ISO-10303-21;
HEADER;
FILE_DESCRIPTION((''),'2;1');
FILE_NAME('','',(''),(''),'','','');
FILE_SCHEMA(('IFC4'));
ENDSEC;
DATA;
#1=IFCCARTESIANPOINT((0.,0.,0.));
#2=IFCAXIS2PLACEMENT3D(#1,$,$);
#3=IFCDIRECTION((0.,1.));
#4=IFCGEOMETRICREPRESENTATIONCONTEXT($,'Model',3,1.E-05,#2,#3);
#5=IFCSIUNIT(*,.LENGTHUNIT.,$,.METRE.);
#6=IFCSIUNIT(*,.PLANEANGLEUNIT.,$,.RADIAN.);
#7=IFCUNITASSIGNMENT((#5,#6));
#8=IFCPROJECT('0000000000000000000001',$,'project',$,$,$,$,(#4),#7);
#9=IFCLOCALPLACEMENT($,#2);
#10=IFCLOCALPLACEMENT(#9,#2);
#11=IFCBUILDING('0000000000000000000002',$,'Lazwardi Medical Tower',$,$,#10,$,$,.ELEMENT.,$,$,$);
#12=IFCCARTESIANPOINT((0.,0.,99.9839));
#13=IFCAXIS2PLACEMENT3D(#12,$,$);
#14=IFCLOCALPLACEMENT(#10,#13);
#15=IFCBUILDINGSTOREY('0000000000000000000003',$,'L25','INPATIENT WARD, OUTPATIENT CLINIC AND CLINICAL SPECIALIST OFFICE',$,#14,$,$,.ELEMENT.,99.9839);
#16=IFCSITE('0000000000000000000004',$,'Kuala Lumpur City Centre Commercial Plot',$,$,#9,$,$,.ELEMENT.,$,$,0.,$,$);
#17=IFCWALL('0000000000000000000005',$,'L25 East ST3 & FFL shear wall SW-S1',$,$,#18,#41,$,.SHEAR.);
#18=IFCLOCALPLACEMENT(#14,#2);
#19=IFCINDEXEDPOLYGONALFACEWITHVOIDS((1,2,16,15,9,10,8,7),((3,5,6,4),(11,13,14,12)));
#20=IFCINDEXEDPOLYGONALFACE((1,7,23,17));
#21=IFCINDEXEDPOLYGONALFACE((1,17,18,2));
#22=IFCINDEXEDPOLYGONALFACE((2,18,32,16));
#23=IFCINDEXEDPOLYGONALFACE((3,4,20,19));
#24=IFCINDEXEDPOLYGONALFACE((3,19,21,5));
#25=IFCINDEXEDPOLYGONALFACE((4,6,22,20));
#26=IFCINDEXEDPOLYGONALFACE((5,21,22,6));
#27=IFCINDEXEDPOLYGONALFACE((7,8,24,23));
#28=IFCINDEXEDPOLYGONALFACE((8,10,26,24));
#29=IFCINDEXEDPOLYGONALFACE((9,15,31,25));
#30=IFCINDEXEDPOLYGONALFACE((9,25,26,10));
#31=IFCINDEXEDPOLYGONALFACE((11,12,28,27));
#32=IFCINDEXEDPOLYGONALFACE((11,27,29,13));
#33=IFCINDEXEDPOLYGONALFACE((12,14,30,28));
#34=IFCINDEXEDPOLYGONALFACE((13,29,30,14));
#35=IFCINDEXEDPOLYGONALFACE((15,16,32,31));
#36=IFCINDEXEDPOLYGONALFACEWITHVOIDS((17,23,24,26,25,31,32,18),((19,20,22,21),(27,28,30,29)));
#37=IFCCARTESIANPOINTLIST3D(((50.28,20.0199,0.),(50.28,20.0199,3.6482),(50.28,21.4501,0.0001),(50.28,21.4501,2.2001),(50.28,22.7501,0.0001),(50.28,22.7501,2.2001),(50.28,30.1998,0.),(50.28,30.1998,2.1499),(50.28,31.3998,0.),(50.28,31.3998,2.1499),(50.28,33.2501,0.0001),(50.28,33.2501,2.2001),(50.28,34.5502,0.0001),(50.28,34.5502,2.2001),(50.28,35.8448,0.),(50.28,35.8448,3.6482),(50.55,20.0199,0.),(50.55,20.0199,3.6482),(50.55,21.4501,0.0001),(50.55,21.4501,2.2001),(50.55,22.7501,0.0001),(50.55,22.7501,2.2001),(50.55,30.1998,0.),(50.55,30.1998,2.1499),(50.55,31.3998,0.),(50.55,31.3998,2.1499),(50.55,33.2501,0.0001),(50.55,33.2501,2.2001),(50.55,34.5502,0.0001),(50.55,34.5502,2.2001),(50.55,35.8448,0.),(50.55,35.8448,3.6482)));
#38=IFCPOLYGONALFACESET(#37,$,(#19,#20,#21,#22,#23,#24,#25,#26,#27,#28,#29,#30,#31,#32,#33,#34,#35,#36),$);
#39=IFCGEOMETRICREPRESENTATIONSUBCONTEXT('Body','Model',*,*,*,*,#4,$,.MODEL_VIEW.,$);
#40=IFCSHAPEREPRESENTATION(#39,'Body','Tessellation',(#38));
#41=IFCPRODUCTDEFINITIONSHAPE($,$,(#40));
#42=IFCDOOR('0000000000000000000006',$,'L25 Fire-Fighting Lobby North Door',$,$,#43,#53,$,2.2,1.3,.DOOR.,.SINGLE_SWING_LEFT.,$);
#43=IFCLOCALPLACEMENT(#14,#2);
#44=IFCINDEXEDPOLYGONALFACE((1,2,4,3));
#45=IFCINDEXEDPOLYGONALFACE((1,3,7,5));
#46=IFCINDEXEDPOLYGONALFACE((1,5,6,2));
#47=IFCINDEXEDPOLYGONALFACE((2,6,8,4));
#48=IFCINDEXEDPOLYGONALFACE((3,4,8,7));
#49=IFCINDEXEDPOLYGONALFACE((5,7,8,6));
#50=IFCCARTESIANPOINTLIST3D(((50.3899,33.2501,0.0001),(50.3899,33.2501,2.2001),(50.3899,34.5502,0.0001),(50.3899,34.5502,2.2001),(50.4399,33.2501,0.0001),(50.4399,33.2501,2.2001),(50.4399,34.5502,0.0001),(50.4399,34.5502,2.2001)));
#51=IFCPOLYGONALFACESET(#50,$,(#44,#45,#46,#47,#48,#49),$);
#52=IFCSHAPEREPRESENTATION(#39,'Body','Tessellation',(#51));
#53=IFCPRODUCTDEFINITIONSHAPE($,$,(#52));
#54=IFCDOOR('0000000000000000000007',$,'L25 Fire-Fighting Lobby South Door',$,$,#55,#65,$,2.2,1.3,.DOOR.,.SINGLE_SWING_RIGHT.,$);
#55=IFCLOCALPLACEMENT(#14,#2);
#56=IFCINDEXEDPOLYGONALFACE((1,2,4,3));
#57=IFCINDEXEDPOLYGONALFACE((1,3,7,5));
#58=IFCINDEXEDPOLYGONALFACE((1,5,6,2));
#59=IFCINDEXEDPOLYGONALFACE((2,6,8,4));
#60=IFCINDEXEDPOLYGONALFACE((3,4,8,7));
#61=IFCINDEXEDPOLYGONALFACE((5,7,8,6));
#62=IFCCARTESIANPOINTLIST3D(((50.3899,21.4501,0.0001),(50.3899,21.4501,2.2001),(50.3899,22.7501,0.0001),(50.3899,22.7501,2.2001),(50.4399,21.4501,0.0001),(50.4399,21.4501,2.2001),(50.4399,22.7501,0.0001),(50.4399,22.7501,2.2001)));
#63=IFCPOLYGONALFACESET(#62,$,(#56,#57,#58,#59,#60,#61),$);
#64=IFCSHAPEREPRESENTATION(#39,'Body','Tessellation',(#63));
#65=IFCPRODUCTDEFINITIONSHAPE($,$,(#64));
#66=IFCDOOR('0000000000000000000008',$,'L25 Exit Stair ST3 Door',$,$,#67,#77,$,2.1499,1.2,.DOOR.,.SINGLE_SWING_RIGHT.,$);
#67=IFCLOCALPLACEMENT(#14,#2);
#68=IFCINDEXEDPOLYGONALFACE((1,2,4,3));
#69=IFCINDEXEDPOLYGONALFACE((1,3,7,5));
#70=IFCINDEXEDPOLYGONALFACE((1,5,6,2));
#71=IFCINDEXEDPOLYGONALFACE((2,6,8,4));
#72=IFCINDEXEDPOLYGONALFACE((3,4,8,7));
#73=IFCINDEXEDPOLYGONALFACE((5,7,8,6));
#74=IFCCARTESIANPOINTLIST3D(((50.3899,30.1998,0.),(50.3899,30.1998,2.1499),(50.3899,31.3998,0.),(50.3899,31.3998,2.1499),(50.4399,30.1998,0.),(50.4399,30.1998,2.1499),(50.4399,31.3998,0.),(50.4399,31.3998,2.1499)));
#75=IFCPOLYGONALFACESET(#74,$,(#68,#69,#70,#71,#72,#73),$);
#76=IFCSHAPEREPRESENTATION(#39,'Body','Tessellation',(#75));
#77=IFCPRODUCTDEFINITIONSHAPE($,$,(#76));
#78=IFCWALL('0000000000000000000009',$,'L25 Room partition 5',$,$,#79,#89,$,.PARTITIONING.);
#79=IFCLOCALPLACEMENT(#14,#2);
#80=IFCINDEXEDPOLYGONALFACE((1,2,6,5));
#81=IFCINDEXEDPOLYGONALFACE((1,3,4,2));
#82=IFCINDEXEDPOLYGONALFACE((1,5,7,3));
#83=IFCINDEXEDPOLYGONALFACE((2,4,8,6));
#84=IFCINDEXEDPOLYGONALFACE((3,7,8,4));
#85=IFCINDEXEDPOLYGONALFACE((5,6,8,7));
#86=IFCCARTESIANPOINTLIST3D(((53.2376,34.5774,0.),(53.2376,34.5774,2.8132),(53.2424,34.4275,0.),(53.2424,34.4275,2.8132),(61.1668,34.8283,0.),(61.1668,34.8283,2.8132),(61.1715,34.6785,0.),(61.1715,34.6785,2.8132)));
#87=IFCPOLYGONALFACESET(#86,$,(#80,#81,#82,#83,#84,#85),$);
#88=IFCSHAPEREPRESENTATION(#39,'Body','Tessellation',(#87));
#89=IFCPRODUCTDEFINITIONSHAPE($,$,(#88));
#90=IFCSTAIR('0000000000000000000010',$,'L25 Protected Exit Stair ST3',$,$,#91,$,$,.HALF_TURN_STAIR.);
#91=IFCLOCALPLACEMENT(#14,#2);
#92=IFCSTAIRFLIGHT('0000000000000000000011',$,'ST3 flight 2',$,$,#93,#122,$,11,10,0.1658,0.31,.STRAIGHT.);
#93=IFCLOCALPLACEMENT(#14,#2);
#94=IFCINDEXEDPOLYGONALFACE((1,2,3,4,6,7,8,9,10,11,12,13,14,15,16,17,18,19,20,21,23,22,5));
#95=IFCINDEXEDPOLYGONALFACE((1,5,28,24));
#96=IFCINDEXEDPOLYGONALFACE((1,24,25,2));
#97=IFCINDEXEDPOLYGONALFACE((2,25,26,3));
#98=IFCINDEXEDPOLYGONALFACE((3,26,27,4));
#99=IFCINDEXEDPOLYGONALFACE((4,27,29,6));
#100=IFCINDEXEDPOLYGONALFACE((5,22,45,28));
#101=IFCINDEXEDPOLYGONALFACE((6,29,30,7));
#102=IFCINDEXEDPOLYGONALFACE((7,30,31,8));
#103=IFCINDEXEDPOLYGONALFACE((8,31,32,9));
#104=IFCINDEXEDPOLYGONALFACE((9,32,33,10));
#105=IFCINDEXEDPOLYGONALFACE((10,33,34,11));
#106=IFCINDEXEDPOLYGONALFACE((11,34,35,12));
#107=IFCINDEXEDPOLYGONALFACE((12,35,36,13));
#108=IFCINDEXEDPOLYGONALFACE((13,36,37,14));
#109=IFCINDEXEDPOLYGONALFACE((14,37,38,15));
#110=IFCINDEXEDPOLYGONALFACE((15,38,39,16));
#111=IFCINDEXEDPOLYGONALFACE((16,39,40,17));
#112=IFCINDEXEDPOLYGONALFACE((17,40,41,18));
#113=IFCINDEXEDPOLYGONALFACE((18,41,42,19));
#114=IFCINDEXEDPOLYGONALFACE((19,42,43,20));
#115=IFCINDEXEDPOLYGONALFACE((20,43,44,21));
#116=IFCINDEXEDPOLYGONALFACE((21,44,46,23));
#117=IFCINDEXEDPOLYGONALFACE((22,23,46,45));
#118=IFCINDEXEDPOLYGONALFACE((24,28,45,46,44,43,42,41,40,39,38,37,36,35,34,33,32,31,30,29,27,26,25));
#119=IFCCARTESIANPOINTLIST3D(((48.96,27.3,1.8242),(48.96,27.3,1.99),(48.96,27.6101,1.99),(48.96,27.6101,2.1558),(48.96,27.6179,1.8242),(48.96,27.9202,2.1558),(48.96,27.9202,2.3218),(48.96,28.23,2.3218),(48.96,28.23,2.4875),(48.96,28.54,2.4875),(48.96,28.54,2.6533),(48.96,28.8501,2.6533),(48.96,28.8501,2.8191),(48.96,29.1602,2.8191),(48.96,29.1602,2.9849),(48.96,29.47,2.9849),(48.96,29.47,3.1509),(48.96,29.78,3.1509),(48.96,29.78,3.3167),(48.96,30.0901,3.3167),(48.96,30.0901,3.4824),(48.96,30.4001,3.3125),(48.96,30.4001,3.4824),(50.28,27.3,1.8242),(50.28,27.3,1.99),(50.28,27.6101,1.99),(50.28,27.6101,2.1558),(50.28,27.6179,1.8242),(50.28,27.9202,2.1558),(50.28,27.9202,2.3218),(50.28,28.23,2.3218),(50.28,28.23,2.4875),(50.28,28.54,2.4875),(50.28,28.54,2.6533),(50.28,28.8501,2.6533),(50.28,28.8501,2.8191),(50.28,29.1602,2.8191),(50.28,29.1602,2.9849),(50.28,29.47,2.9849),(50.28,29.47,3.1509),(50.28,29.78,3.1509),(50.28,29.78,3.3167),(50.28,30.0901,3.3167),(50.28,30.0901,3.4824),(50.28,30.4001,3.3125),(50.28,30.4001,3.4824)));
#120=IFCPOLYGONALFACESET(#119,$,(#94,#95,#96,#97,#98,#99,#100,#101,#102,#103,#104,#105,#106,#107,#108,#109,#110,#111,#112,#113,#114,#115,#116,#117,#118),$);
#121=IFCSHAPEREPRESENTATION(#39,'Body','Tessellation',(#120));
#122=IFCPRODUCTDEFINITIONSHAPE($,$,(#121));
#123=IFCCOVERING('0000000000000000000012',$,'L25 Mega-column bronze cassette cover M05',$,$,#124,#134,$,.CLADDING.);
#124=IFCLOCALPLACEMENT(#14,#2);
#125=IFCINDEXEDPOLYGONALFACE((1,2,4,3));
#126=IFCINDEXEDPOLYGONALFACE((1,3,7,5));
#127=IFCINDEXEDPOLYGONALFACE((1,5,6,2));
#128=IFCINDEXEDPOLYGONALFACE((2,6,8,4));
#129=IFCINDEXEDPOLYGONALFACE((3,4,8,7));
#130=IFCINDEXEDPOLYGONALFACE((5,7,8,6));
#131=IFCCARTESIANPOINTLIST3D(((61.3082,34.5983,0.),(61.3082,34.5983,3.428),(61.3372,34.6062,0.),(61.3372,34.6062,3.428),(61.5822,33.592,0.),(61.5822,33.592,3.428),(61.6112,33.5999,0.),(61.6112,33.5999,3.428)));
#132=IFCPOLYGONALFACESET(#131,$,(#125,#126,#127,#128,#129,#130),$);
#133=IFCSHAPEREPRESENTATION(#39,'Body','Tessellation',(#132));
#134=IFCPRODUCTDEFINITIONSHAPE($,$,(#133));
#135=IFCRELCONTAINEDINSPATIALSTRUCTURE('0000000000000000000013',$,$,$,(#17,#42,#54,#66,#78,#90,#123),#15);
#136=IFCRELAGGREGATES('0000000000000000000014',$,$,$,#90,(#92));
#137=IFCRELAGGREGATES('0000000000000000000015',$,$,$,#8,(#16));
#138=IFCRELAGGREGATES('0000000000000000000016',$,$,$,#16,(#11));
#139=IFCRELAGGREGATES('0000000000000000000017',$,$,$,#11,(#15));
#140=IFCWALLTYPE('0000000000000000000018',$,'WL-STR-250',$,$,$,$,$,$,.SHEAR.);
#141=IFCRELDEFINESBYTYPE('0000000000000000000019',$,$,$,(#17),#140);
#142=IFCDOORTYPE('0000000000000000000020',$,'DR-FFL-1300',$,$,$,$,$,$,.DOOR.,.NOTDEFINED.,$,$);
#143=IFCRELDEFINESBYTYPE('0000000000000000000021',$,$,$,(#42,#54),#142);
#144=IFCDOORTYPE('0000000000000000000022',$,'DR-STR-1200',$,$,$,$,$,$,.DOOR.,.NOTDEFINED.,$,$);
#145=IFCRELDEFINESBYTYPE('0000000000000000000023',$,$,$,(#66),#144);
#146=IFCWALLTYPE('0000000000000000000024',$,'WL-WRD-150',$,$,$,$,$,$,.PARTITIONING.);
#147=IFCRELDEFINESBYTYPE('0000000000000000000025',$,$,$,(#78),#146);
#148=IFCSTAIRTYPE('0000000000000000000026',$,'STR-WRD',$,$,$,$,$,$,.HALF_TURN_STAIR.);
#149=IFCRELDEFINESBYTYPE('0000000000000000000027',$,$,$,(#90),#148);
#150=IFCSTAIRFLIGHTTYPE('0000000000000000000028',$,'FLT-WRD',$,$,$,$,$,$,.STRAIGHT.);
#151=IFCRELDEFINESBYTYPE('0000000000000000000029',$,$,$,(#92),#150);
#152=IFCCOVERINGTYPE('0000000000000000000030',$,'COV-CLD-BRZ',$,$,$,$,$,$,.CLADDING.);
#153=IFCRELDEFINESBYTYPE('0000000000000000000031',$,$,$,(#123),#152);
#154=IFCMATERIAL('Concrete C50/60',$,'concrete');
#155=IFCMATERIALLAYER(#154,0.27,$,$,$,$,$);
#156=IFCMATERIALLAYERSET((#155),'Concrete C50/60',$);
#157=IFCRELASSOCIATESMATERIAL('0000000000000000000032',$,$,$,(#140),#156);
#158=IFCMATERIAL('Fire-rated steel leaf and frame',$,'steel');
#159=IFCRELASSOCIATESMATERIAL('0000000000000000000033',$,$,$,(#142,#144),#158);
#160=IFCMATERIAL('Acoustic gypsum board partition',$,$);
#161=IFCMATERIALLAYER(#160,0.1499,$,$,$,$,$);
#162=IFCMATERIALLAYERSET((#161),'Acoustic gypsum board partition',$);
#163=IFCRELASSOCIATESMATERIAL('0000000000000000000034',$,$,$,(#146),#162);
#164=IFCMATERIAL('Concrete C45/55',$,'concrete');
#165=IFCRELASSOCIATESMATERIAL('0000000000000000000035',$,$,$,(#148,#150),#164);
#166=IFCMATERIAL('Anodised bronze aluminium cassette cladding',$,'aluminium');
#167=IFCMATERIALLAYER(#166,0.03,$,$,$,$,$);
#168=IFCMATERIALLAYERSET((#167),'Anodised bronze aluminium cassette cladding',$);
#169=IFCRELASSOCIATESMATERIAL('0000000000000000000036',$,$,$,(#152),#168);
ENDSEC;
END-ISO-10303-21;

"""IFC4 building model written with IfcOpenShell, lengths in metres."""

from ifc_helpers import new_model, si_unit, direction, frame, frame_2d, origin, origin_2d, place, context, subcontext, project, spatial, polyline, rectangle, outline, extrude, material, layer, layer_set, type_object, element, fill, aggregate, save


model = new_model("IFC4")

# Units and contexts
model_context = context("Model", 3, precision=1e-05, world=origin(), true_north=direction((0.0, 1.0)))
body_context = subcontext(model_context, "Body", "Model", "MODEL_VIEW")
ifc_project = project(units=[si_unit("LENGTHUNIT", "METRE"), si_unit("PLANEANGLEUNIT", "RADIAN")], contexts=[model_context])

# Site, building, storey
site_placement = place(None, origin())
site = spatial("IfcSite", under=ifc_project, at=site_placement, Name="Kuala Lumpur City Centre Commercial Plot", CompositionType="ELEMENT", RefElevation=0.0)
building_placement = place(site_placement, origin())
building = spatial("IfcBuilding", under=site, at=building_placement, Name="Lazwardi Medical Tower", CompositionType="ELEMENT")
storey_placement = place(building_placement, frame((0.0, 0.0, 99.9839)))
storey = spatial("IfcBuildingStorey", under=building, at=storey_placement, Name="L25", Description="INPATIENT WARD, OUTPATIENT CLINIC AND CLINICAL SPECIALIST OFFICE", CompositionType="ELEMENT", Elevation=99.9839)

# Wall, openings, doors
ifc_material_1 = material(Name="Concrete C50/60", Category="concrete")
ifc_layer_1 = layer(ifc_material_1, 0.27)
ifc_layer_set_1 = layer_set([ifc_layer_1], Name="Concrete C50/60")
wall_type_1 = type_object("IfcWallType", Name="WL-STR-250", PredefinedType="SHEAR", material=ifc_layer_set_1)
wall_1_placement = place(storey_placement, frame((50.415, 35.845, 0.0), z_axis=(0.0, 0.0, 1.0), x_axis=(0.0, -1.0, 0.0)))
wall_1 = element("IfcWall", 1, at=wall_1_placement, inside=storey, type_object=wall_type_1, Name="L25 East ST3 & FFL shear wall SW-S1", PredefinedType="SHEAR", context=body_context, shape_type="SweptSolid", body=[
    extrude(rectangle(XDim=15.825, YDim=0.27, at=frame_2d((7.9126, 0.0))), origin(), (0.0, 0.0, 1.0), 3.6482),
])
opening_1_placement = place(wall_1_placement, frame((4.4451, 0.0, 0.0)))
opening_1 = element("IfcOpeningElement", 2, at=opening_1_placement, cuts=wall_1, PredefinedType="OPENING", context=body_context, shape_type="SweptSolid", body=[
    extrude(rectangle(XDim=1.2, YDim=2.1499, at=frame_2d((0.6001, 1.075))), frame((0.0, 0.145, 0.0), z_axis=(0.0, -1.0, 0.0), x_axis=(1.0, 0.0, 0.0)), (0.0, 0.0, 1.0), 0.29),
])
opening_2_placement = place(wall_1_placement, frame((1.2949, 0.0, 0.0)))
opening_2 = element("IfcOpeningElement", 3, at=opening_2_placement, cuts=wall_1, PredefinedType="OPENING", context=body_context, shape_type="SweptSolid", body=[
    extrude(rectangle(XDim=1.3, YDim=2.2, at=frame_2d((0.6499, 1.1001))), frame((0.0, 0.145, 0.0), z_axis=(0.0, -1.0, 0.0), x_axis=(1.0, 0.0, 0.0)), (0.0, 0.0, 1.0), 0.29),
])
opening_3_placement = place(wall_1_placement, frame((13.095, 0.0, 0.0)))
opening_3 = element("IfcOpeningElement", 4, at=opening_3_placement, cuts=wall_1, PredefinedType="OPENING", context=body_context, shape_type="SweptSolid", body=[
    extrude(rectangle(XDim=1.3, YDim=2.2, at=frame_2d((0.6499, 1.1001))), frame((0.0, 0.145, 0.0), z_axis=(0.0, -1.0, 0.0), x_axis=(1.0, 0.0, 0.0)), (0.0, 0.0, 1.0), 0.29),
])
ifc_material_2 = material(Name="Fire-rated steel leaf and frame", Category="steel")
door_type_1 = type_object("IfcDoorType", Name="DR-FFL-1300", OperationType="NOTDEFINED", PredefinedType="DOOR", material=ifc_material_2)
door_1_placement = place(opening_2_placement, origin())
door_1 = element("IfcDoor", 5, at=door_1_placement, inside=storey, type_object=door_type_1, Name="L25 Fire-Fighting Lobby North Door", OperationType="SINGLE_SWING_LEFT", OverallHeight=2.2, OverallWidth=1.3, PredefinedType="DOOR", context=body_context, shape_type="SweptSolid", body=[
    extrude(rectangle(XDim=1.3, YDim=2.2, at=frame_2d((0.6499, 1.1001))), frame((0.0, 0.0249, 0.0), z_axis=(0.0, -1.0, 0.0), x_axis=(1.0, 0.0, 0.0)), (0.0, 0.0, 1.0), 0.05),
])
fill(opening_2, door_1)
door_2_placement = place(opening_3_placement, origin())
door_2 = element("IfcDoor", 6, at=door_2_placement, inside=storey, type_object=door_type_1, Name="L25 Fire-Fighting Lobby South Door", OperationType="SINGLE_SWING_RIGHT", OverallHeight=2.2, OverallWidth=1.3, PredefinedType="DOOR", context=body_context, shape_type="SweptSolid", body=[
    extrude(rectangle(XDim=1.3, YDim=2.2, at=frame_2d((0.6499, 1.1001))), frame((0.0, 0.0249, 0.0), z_axis=(0.0, -1.0, 0.0), x_axis=(1.0, 0.0, 0.0)), (0.0, 0.0, 1.0), 0.05),
])
fill(opening_3, door_2)
door_type_2 = type_object("IfcDoorType", Name="DR-STR-1200", OperationType="NOTDEFINED", PredefinedType="DOOR", material=ifc_material_2)
door_3_placement = place(opening_1_placement, origin())
door_3 = element("IfcDoor", 7, at=door_3_placement, inside=storey, type_object=door_type_2, Name="L25 Exit Stair ST3 Door", OperationType="SINGLE_SWING_RIGHT", OverallHeight=2.1499, OverallWidth=1.2, PredefinedType="DOOR", context=body_context, shape_type="SweptSolid", body=[
    extrude(rectangle(XDim=1.2, YDim=2.1499, at=frame_2d((0.6001, 1.075))), frame((0.0, 0.0249, 0.0), z_axis=(0.0, -1.0, 0.0), x_axis=(1.0, 0.0, 0.0)), (0.0, 0.0, 1.0), 0.05),
])
fill(opening_1, door_3)

# Wall
ifc_material_3 = material(Name="Acoustic gypsum board partition")
ifc_layer_2 = layer(ifc_material_3, 0.1499)
ifc_layer_set_2 = layer_set([ifc_layer_2], Name="Acoustic gypsum board partition")
wall_type_2 = type_object("IfcWallType", Name="WL-WRD-150", PredefinedType="PARTITIONING", material=ifc_layer_set_2)
wall_2_placement = place(storey_placement, frame((53.24, 34.5024, 0.0), z_axis=(0.0, 0.0, 1.0), x_axis=(0.999499, 0.031636, 0.0)))
element("IfcWall", 8, at=wall_2_placement, inside=storey, type_object=wall_type_2, Name="L25 Room partition 5", PredefinedType="PARTITIONING", context=body_context, shape_type="SweptSolid", body=[
    extrude(rectangle(XDim=7.9331, YDim=0.1499, at=frame_2d((3.9666, 0.0))), origin(), (0.0, 0.0, 1.0), 2.8132),
])

# Stair, stair flight
ifc_material_4 = material(Name="Concrete C45/55", Category="concrete")
stair_type = type_object("IfcStairType", Name="STR-WRD", PredefinedType="HALF_TURN_STAIR", material=ifc_material_4)
stair_placement = place(storey_placement, origin())
stair = element("IfcStair", 9, at=stair_placement, inside=storey, type_object=stair_type, Name="L25 Protected Exit Stair ST3", PredefinedType="HALF_TURN_STAIR")
stair_flight_type = type_object("IfcStairFlightType", Name="FLT-WRD", PredefinedType="STRAIGHT", material=ifc_material_4)
stair_flight_placement = place(storey_placement, frame((49.6201, 27.3, 1.8242), z_axis=(0.0, 0.0, 1.0), x_axis=(0.0, 1.0, 0.0)))
stair_flight = element("IfcStairFlight", 10, at=stair_flight_placement, type_object=stair_flight_type, Name="ST3 flight 2", NumberOfRisers=11, NumberOfTreads=10, PredefinedType="STRAIGHT", RiserHeight=0.1658, TreadLength=0.31, context=body_context, shape_type="SweptSolid", body=[
    extrude(outline(polyline([(0.0, 0.0), (0.0, 0.1658), (0.3101, 0.1658), (0.3101, 0.3315), (0.6201, 0.3315), (0.6201, 0.4976), (0.9299, 0.4976), (0.9299, 0.6633), (1.24, 0.6633), (1.24, 0.8291), (1.55, 0.8291), (1.55, 0.9949), (1.8601, 0.9949), (1.8601, 1.1606), (2.1699, 1.1606), (2.1699, 1.3267), (2.48, 1.3267), (2.48, 1.4924), (2.79, 1.4924), (2.79, 1.6582), (3.1001, 1.6582), (3.1001, 1.824), (3.1001, 1.4883), (0.3179, 0.0), (0.0, 0.0)])), frame((0.0, 0.6602, 0.0), z_axis=(0.0, -1.0, 0.0), x_axis=(1.0, 0.0, 0.0)), (0.0, 0.0, 1.0), 1.3201),
])
aggregate(stair, [stair_flight])

# Covering
ifc_material_5 = material(Name="Anodised bronze aluminium cassette cladding", Category="aluminium")
ifc_layer_3 = layer(ifc_material_5, 0.03)
ifc_layer_set_3 = layer_set([ifc_layer_3], Name="Anodised bronze aluminium cassette cladding")
covering_type = type_object("IfcCoveringType", Name="COV-CLD-BRZ", PredefinedType="CLADDING", material=ifc_layer_set_3)
covering_placement = place(storey_placement, frame((61.4597, 34.0991, 0.0), z_axis=(0.0, 0.0, 1.0), x_axis=(-0.262696, 0.964879, 0.0)))
element("IfcCovering", 11, at=covering_placement, inside=storey, type_object=covering_type, Name="L25 Mega-column bronze cassette cover M05", PredefinedType="CLADDING", context=body_context, shape_type="SweptSolid", body=[
    extrude(rectangle(XDim=1.043, YDim=0.03, at=origin_2d()), origin(), (0.0, 0.0, 1.0), 3.428),
])

save(model, "model.ifc")
